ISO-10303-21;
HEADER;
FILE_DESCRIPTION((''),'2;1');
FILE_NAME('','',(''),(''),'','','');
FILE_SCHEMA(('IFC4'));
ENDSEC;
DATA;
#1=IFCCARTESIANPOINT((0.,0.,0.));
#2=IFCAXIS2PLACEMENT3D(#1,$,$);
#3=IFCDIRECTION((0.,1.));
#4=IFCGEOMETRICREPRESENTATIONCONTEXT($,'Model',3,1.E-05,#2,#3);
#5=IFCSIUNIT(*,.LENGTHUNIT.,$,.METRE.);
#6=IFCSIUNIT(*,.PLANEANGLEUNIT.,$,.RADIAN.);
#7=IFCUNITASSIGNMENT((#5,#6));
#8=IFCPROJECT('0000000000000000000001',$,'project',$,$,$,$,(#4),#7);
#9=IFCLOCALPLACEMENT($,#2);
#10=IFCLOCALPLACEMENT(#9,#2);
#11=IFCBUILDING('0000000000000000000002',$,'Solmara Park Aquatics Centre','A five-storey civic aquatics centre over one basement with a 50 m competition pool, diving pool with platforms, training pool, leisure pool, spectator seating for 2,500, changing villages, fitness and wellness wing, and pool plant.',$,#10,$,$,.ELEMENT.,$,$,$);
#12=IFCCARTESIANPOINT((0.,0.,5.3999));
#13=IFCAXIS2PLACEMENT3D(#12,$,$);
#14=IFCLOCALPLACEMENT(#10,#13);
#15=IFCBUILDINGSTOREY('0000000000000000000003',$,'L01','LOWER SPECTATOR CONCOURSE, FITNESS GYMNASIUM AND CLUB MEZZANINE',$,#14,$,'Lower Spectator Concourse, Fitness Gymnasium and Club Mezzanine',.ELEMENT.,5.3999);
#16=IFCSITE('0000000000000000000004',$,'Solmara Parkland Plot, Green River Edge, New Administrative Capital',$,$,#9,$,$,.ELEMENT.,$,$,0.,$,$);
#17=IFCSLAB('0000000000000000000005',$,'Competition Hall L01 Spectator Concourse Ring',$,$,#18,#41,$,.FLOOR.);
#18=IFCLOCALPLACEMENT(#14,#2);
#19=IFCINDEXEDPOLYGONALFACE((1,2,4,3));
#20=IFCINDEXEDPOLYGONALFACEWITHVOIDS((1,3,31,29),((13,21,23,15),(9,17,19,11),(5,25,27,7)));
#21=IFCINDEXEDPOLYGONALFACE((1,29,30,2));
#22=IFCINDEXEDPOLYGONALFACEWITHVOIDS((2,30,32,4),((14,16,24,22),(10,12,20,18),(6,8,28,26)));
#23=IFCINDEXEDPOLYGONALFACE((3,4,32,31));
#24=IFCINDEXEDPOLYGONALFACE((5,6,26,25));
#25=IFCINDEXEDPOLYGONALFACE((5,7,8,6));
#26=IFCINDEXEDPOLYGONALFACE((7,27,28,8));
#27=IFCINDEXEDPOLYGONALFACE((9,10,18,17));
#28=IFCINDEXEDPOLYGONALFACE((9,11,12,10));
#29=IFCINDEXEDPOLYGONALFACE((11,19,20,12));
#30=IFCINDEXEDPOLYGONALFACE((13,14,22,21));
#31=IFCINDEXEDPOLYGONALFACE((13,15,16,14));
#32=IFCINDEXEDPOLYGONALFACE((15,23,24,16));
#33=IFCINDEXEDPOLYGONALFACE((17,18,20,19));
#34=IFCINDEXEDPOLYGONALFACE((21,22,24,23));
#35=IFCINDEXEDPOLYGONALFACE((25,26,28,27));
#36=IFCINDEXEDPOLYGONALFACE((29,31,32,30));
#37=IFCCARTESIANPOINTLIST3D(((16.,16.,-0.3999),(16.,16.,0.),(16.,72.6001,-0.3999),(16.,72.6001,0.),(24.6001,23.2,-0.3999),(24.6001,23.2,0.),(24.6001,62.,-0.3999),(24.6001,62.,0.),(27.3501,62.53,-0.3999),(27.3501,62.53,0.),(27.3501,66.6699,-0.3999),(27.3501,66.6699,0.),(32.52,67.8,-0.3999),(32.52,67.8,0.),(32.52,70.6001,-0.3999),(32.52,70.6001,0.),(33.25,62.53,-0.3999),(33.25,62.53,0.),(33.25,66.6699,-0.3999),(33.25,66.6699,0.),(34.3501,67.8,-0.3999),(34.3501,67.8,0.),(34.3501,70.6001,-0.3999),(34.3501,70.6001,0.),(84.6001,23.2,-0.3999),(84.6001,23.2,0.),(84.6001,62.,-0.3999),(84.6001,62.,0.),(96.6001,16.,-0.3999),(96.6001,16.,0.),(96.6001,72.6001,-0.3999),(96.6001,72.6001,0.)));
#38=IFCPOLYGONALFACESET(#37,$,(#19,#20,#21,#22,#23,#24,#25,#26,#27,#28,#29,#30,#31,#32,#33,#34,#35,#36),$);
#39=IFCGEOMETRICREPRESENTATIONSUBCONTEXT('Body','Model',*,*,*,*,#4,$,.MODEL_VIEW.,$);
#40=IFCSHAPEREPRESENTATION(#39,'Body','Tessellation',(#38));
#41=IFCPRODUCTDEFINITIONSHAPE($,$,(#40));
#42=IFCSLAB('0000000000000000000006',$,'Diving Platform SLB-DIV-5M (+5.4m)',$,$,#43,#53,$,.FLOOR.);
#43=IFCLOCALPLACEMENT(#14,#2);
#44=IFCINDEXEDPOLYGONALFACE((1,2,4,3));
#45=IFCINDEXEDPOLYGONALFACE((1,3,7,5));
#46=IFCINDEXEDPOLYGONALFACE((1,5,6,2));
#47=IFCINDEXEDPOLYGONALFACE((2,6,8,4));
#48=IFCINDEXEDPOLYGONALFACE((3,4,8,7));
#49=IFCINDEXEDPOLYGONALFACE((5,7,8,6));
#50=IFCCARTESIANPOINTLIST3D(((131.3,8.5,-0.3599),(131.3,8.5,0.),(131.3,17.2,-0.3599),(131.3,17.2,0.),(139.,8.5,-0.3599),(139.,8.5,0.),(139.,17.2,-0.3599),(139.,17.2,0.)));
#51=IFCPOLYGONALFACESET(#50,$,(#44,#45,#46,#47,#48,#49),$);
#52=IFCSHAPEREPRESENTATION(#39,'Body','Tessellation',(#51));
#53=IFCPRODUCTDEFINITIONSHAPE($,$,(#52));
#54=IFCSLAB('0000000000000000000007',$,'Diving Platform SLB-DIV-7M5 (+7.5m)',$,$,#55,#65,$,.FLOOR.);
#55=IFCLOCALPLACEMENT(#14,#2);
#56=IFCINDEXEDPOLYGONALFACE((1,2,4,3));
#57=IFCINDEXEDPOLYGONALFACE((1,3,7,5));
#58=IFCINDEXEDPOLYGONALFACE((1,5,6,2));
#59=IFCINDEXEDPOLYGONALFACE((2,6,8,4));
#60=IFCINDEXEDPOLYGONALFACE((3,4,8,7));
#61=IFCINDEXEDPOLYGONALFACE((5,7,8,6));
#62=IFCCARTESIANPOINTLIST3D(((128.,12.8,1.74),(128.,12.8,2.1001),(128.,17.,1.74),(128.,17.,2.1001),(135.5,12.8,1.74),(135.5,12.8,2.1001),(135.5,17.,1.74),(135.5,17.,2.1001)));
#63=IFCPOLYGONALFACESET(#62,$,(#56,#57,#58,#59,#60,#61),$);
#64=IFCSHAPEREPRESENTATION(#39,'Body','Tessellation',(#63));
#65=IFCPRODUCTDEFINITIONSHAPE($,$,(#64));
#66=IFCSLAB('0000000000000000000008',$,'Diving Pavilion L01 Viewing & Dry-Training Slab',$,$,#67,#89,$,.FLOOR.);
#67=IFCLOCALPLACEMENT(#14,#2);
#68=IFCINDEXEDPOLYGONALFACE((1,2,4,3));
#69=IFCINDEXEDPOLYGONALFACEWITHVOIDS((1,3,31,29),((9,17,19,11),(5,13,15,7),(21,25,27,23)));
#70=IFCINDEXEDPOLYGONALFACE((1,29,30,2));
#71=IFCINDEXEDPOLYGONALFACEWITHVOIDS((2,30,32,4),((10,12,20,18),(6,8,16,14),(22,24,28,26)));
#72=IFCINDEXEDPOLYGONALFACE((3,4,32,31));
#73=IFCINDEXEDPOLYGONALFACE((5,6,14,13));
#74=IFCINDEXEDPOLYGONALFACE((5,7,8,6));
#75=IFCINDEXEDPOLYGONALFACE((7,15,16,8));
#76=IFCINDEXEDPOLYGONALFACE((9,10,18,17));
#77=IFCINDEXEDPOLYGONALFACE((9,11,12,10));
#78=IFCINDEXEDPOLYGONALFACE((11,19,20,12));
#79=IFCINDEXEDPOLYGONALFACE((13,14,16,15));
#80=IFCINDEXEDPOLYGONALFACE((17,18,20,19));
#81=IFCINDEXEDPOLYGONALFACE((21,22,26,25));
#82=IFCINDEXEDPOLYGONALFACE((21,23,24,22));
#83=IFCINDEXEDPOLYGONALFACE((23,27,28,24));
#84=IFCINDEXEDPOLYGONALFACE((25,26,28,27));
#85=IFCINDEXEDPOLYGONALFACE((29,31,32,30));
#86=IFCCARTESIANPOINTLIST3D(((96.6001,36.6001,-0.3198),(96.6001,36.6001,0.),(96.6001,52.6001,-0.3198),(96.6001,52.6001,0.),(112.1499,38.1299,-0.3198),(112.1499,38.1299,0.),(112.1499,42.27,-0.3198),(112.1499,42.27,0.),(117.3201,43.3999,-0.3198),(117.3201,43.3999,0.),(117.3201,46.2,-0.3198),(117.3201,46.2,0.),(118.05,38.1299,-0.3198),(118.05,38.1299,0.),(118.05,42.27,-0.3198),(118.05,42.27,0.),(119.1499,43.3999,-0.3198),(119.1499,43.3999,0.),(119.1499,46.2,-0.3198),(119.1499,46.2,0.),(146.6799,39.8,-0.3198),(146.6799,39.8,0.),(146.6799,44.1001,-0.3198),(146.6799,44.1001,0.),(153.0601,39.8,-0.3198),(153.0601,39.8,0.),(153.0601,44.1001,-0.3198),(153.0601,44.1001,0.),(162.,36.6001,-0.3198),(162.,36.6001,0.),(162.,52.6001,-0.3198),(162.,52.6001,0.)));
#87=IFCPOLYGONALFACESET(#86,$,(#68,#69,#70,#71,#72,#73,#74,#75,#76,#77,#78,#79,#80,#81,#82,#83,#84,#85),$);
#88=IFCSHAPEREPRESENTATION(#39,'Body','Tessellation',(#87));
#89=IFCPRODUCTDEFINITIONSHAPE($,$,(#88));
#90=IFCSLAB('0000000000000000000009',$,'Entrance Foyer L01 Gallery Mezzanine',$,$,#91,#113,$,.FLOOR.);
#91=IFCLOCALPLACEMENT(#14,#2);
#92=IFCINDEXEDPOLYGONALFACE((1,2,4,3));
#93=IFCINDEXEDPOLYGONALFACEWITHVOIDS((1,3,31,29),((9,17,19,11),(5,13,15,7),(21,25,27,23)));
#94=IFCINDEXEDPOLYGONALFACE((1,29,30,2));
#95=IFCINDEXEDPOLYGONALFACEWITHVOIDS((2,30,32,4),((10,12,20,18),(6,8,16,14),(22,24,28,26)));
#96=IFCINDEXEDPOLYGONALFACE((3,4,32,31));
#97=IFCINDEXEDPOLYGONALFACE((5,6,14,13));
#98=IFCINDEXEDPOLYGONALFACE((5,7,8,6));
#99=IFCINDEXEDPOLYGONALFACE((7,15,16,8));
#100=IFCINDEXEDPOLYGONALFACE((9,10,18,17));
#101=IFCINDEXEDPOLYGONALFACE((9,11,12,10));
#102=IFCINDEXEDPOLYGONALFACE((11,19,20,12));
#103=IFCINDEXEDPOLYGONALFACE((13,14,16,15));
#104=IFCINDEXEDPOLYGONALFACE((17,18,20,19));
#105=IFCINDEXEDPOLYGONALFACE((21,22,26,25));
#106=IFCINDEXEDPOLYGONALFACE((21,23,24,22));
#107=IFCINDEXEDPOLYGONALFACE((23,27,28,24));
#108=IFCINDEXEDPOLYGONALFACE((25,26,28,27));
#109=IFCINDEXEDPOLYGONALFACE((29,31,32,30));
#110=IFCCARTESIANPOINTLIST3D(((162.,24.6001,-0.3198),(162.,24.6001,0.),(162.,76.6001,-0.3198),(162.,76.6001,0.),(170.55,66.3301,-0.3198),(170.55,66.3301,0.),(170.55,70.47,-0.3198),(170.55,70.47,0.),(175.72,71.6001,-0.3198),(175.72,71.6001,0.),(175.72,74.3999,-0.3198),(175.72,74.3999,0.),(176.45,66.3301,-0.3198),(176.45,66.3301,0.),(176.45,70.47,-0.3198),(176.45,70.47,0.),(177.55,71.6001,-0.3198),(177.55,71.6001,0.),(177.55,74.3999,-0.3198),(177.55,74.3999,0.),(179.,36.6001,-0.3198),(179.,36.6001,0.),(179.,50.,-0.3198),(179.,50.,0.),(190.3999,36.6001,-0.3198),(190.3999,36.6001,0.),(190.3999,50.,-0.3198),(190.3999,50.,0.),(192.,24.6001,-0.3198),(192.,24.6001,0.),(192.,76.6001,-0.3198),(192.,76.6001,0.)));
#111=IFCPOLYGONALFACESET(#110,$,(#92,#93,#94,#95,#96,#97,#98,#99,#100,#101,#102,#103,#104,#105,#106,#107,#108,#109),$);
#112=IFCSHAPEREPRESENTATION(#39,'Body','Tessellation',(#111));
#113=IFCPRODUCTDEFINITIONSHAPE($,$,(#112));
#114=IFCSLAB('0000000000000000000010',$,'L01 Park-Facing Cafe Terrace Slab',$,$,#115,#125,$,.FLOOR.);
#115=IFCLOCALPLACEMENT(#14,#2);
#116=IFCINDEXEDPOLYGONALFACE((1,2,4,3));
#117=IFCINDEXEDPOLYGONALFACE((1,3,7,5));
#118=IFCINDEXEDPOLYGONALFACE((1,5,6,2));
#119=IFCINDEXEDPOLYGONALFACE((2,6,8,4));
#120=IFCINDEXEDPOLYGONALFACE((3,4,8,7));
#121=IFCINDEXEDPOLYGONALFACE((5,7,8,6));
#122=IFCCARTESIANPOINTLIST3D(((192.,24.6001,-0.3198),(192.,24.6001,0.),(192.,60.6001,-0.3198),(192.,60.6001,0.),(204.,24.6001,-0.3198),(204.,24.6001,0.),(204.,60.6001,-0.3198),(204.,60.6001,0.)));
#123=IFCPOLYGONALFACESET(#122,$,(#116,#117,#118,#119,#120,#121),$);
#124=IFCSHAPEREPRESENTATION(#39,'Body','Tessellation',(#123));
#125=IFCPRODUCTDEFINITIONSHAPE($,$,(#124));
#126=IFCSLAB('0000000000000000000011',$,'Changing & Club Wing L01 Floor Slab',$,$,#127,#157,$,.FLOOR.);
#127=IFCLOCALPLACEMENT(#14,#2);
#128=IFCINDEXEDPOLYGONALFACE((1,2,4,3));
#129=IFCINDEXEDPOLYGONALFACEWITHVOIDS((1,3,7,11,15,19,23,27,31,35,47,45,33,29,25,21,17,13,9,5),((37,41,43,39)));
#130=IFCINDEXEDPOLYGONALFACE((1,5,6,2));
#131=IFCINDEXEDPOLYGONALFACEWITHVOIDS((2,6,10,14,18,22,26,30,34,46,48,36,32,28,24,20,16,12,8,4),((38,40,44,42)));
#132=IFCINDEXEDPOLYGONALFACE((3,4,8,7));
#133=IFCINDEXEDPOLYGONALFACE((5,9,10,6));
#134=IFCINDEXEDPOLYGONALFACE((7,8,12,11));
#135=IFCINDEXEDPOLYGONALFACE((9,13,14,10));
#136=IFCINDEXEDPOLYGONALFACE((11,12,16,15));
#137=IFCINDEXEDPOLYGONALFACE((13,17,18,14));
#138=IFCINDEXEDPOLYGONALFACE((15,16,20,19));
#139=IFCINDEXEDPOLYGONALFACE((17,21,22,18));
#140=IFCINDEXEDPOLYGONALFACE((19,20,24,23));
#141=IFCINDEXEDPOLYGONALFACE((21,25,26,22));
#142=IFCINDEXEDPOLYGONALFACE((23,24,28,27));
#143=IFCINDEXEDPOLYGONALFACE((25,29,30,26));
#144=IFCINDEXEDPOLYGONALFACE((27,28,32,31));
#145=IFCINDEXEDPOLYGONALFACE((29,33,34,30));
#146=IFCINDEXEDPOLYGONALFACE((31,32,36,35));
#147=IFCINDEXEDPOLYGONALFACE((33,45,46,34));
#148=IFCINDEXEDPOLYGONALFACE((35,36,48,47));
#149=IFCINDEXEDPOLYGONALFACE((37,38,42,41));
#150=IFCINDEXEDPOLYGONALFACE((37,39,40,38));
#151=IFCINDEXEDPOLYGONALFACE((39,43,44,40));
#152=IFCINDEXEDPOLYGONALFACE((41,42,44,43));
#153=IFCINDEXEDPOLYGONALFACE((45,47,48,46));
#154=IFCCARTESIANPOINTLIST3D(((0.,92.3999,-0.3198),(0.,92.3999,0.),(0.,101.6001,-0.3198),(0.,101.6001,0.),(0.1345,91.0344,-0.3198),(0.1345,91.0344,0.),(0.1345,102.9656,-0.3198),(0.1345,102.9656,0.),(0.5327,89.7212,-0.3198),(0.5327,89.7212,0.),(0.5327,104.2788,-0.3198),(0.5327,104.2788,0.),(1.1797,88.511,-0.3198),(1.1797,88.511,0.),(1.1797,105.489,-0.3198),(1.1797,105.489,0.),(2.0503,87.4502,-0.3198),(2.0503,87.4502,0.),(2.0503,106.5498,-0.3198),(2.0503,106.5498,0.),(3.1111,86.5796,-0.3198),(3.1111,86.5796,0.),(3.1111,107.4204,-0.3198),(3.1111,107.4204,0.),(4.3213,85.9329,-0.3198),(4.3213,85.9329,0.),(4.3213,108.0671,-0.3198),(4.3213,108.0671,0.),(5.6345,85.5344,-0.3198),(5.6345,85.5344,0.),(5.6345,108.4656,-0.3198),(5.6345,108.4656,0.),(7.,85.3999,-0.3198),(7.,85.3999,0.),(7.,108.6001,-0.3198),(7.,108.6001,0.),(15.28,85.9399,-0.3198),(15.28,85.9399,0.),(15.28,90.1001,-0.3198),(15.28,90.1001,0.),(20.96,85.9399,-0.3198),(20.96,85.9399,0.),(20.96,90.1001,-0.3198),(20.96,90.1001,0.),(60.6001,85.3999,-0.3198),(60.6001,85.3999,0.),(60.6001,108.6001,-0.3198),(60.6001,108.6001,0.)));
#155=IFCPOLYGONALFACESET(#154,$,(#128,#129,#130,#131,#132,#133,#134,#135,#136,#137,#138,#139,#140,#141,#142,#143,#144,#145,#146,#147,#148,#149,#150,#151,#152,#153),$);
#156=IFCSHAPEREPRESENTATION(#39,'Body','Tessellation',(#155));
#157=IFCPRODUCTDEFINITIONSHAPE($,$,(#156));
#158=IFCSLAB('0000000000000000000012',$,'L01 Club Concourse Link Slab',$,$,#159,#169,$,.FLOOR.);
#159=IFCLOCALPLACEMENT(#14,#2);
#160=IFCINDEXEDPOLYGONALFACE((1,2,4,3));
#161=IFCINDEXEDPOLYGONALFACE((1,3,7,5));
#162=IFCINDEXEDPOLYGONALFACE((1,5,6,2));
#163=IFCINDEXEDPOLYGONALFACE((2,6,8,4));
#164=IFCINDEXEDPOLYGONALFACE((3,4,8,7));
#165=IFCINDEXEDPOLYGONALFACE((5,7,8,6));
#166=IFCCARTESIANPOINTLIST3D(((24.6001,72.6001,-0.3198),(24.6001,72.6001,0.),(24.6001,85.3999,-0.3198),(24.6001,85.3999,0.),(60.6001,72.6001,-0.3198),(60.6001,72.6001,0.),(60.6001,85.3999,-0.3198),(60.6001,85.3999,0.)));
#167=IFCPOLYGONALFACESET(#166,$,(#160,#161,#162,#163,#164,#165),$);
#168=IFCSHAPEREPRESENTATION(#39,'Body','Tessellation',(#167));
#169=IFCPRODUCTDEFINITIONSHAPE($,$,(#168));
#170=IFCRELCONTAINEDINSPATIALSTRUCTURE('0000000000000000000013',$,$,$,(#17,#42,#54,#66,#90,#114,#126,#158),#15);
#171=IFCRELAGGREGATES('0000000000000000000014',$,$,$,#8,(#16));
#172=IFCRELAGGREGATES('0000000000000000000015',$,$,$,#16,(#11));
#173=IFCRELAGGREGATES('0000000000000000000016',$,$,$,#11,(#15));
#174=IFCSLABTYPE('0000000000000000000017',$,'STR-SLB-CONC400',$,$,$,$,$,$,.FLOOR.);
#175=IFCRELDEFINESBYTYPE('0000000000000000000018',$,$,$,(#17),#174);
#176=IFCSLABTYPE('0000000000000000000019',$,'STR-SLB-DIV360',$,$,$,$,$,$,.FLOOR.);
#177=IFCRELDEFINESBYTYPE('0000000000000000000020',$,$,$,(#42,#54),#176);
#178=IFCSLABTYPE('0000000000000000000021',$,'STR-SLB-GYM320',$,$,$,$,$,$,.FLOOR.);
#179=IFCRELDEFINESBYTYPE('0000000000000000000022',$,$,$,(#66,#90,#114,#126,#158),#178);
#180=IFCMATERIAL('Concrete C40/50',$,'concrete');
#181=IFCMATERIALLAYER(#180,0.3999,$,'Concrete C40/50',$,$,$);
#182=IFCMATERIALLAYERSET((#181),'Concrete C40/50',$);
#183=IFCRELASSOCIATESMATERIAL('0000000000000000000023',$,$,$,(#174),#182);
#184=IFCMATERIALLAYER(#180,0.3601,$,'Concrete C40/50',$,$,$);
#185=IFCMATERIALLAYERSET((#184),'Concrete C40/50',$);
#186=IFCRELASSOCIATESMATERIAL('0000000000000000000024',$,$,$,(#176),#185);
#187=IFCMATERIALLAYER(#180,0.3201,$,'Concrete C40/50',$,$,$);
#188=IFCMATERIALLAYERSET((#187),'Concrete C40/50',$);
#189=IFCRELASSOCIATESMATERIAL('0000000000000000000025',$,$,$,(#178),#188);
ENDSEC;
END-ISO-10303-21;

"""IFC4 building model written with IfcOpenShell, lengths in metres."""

from ifc_helpers import new_model, si_unit, direction, frame, origin, place, context, subcontext, project, spatial, polyline, outline, extrude, material, layer, layer_set, type_object, element, save


model = new_model("IFC4")

# Units and contexts
model_context = context("Model", 3, precision=1e-05, world=origin(), true_north=direction((0.0, 1.0)))
body_context = subcontext(model_context, "Body", "Model", "MODEL_VIEW")
ifc_project = project(units=[si_unit("LENGTHUNIT", "METRE"), si_unit("PLANEANGLEUNIT", "RADIAN")], contexts=[model_context])

# Site, building, storey
site_placement = place(None, origin())
site = spatial("IfcSite", under=ifc_project, at=site_placement, Name="Solmara Parkland Plot, Green River Edge, New Administrative Capital", CompositionType="ELEMENT", RefElevation=0.0)
building_placement = place(site_placement, origin())
building = spatial("IfcBuilding", under=site, at=building_placement, Name="Solmara Park Aquatics Centre", Description="A five-storey civic aquatics centre over one basement with a 50 m competition pool, diving pool with platforms, training pool, leisure pool, spectator seating for 2,500, changing villages, fitness and wellness wing, and pool plant.", CompositionType="ELEMENT")
storey_placement = place(building_placement, frame((0.0, 0.0, 5.3999)))
storey = spatial("IfcBuildingStorey", under=building, at=storey_placement, Name="L01", Description="LOWER SPECTATOR CONCOURSE, FITNESS GYMNASIUM AND CLUB MEZZANINE", LongName="Lower Spectator Concourse, Fitness Gymnasium and Club Mezzanine", CompositionType="ELEMENT", Elevation=5.3999)

# Slabs
ifc_material_1 = material(Name="Concrete C40/50", Category="concrete")
ifc_layer_1 = layer(ifc_material_1, 0.3999, Name="Concrete C40/50")
ifc_layer_set_1 = layer_set([ifc_layer_1], Name="Concrete C40/50")
slab_type_1 = type_object("IfcSlabType", Name="STR-SLB-CONC400", PredefinedType="FLOOR", material=ifc_layer_set_1)
slab_1_placement = place(storey_placement, frame((0.0, 0.0, -0.3999)))
element("IfcSlab", 1, at=slab_1_placement, inside=storey, type_object=slab_type_1, Name="Competition Hall L01 Spectator Concourse Ring", PredefinedType="FLOOR", context=body_context, shape_type="SweptSolid", body=[
    extrude(outline(polyline([(16.0, 16.0), (96.6001, 16.0), (96.6001, 72.6001), (16.0, 72.6001), (16.0, 16.0)]), holes=[polyline([(24.6001, 23.2), (84.6001, 23.2), (84.6001, 62.0), (24.6001, 62.0), (24.6001, 23.2)]), polyline([(27.3501, 62.53), (33.25, 62.53), (33.25, 66.6699), (27.3501, 66.6699), (27.3501, 62.53)]), polyline([(32.52, 67.8), (34.3501, 67.8), (34.3501, 70.6001), (32.52, 70.6001), (32.52, 67.8)])]), origin(), (0.0, 0.0, 1.0), 0.3999),
])
ifc_layer_2 = layer(ifc_material_1, 0.3601, Name="Concrete C40/50")
ifc_layer_set_2 = layer_set([ifc_layer_2], Name="Concrete C40/50")
slab_type_2 = type_object("IfcSlabType", Name="STR-SLB-DIV360", PredefinedType="FLOOR", material=ifc_layer_set_2)
slab_2_placement = place(storey_placement, frame((0.0, 0.0, -0.3599)))
element("IfcSlab", 2, at=slab_2_placement, inside=storey, type_object=slab_type_2, Name="Diving Platform SLB-DIV-5M (+5.4m)", PredefinedType="FLOOR", context=body_context, shape_type="SweptSolid", body=[
    extrude(outline(polyline([(131.3, 8.5), (139.0, 8.5), (139.0, 17.2), (131.3, 17.2), (131.3, 8.5)])), origin(), (0.0, 0.0, 1.0), 0.3599),
])
slab_3_placement = place(storey_placement, frame((0.0, 0.0, 1.74)))
element("IfcSlab", 3, at=slab_3_placement, inside=storey, type_object=slab_type_2, Name="Diving Platform SLB-DIV-7M5 (+7.5m)", PredefinedType="FLOOR", context=body_context, shape_type="SweptSolid", body=[
    extrude(outline(polyline([(128.0, 12.8), (135.5, 12.8), (135.5, 17.0), (128.0, 17.0), (128.0, 12.8)])), origin(), (0.0, 0.0, 1.0), 0.3601),
])
ifc_layer_3 = layer(ifc_material_1, 0.3201, Name="Concrete C40/50")
ifc_layer_set_3 = layer_set([ifc_layer_3], Name="Concrete C40/50")
slab_type_3 = type_object("IfcSlabType", Name="STR-SLB-GYM320", PredefinedType="FLOOR", material=ifc_layer_set_3)
slab_4_placement = place(storey_placement, frame((0.0, 0.0, -0.3198)))
element("IfcSlab", 4, at=slab_4_placement, inside=storey, type_object=slab_type_3, Name="Diving Pavilion L01 Viewing & Dry-Training Slab", PredefinedType="FLOOR", context=body_context, shape_type="SweptSolid", body=[
    extrude(outline(polyline([(96.6001, 36.6001), (162.0, 36.6001), (162.0, 52.6001), (96.6001, 52.6001), (96.6001, 36.6001)]), holes=[polyline([(112.1499, 38.1299), (118.05, 38.1299), (118.05, 42.27), (112.1499, 42.27), (112.1499, 38.1299)]), polyline([(117.3201, 43.3999), (119.1499, 43.3999), (119.1499, 46.2), (117.3201, 46.2), (117.3201, 43.3999)]), polyline([(146.6799, 39.8), (153.0601, 39.8), (153.0601, 44.1001), (146.6799, 44.1001), (146.6799, 39.8)])]), origin(), (0.0, 0.0, 1.0), 0.3198),
])
slab_5_placement = place(storey_placement, frame((0.0, 0.0, -0.3198)))
element("IfcSlab", 5, at=slab_5_placement, inside=storey, type_object=slab_type_3, Name="Entrance Foyer L01 Gallery Mezzanine", PredefinedType="FLOOR", context=body_context, shape_type="SweptSolid", body=[
    extrude(outline(polyline([(162.0, 24.6001), (192.0, 24.6001), (192.0, 76.6001), (162.0, 76.6001), (162.0, 24.6001)]), holes=[polyline([(179.0, 36.6001), (190.3999, 36.6001), (190.3999, 50.0), (179.0, 50.0), (179.0, 36.6001)]), polyline([(170.55, 66.3301), (176.45, 66.3301), (176.45, 70.47), (170.55, 70.47), (170.55, 66.3301)]), polyline([(175.72, 71.6001), (177.55, 71.6001), (177.55, 74.3999), (175.72, 74.3999), (175.72, 71.6001)])]), origin(), (0.0, 0.0, 1.0), 0.3198),
])
slab_6_placement = place(storey_placement, frame((0.0, 0.0, -0.3198)))
element("IfcSlab", 6, at=slab_6_placement, inside=storey, type_object=slab_type_3, Name="L01 Park-Facing Cafe Terrace Slab", PredefinedType="FLOOR", context=body_context, shape_type="SweptSolid", body=[
    extrude(outline(polyline([(192.0, 24.6001), (204.0, 24.6001), (204.0, 60.6001), (192.0, 60.6001), (192.0, 24.6001)])), origin(), (0.0, 0.0, 1.0), 0.3198),
])
slab_7_placement = place(storey_placement, frame((0.0, 0.0, -0.3198)))
element("IfcSlab", 7, at=slab_7_placement, inside=storey, type_object=slab_type_3, Name="Changing & Club Wing L01 Floor Slab", PredefinedType="FLOOR", context=body_context, shape_type="SweptSolid", body=[
    extrude(outline(polyline([(0.0, 92.3999), (0.1345, 91.0344), (0.5327, 89.7212), (1.1797, 88.511), (2.0503, 87.4502), (3.1111, 86.5796), (4.3213, 85.9329), (5.6345, 85.5344), (7.0, 85.3999), (60.6001, 85.3999), (60.6001, 108.6001), (7.0, 108.6001), (5.6345, 108.4656), (4.3213, 108.0671), (3.1111, 107.4204), (2.0503, 106.5498), (1.1797, 105.489), (0.5327, 104.2788), (0.1345, 102.9656), (0.0, 101.6001), (0.0, 92.3999)]), holes=[polyline([(15.28, 85.9399), (20.96, 85.9399), (20.96, 90.1001), (15.28, 90.1001), (15.28, 85.9399)])]), origin(), (0.0, 0.0, 1.0), 0.3198),
])
slab_8_placement = place(storey_placement, frame((0.0, 0.0, -0.3198)))
element("IfcSlab", 8, at=slab_8_placement, inside=storey, type_object=slab_type_3, Name="L01 Club Concourse Link Slab", PredefinedType="FLOOR", context=body_context, shape_type="SweptSolid", body=[
    extrude(outline(polyline([(24.6001, 72.6001), (60.6001, 72.6001), (60.6001, 85.3999), (24.6001, 85.3999), (24.6001, 72.6001)])), origin(), (0.0, 0.0, 1.0), 0.3198),
])

save(model, "model.ifc")
